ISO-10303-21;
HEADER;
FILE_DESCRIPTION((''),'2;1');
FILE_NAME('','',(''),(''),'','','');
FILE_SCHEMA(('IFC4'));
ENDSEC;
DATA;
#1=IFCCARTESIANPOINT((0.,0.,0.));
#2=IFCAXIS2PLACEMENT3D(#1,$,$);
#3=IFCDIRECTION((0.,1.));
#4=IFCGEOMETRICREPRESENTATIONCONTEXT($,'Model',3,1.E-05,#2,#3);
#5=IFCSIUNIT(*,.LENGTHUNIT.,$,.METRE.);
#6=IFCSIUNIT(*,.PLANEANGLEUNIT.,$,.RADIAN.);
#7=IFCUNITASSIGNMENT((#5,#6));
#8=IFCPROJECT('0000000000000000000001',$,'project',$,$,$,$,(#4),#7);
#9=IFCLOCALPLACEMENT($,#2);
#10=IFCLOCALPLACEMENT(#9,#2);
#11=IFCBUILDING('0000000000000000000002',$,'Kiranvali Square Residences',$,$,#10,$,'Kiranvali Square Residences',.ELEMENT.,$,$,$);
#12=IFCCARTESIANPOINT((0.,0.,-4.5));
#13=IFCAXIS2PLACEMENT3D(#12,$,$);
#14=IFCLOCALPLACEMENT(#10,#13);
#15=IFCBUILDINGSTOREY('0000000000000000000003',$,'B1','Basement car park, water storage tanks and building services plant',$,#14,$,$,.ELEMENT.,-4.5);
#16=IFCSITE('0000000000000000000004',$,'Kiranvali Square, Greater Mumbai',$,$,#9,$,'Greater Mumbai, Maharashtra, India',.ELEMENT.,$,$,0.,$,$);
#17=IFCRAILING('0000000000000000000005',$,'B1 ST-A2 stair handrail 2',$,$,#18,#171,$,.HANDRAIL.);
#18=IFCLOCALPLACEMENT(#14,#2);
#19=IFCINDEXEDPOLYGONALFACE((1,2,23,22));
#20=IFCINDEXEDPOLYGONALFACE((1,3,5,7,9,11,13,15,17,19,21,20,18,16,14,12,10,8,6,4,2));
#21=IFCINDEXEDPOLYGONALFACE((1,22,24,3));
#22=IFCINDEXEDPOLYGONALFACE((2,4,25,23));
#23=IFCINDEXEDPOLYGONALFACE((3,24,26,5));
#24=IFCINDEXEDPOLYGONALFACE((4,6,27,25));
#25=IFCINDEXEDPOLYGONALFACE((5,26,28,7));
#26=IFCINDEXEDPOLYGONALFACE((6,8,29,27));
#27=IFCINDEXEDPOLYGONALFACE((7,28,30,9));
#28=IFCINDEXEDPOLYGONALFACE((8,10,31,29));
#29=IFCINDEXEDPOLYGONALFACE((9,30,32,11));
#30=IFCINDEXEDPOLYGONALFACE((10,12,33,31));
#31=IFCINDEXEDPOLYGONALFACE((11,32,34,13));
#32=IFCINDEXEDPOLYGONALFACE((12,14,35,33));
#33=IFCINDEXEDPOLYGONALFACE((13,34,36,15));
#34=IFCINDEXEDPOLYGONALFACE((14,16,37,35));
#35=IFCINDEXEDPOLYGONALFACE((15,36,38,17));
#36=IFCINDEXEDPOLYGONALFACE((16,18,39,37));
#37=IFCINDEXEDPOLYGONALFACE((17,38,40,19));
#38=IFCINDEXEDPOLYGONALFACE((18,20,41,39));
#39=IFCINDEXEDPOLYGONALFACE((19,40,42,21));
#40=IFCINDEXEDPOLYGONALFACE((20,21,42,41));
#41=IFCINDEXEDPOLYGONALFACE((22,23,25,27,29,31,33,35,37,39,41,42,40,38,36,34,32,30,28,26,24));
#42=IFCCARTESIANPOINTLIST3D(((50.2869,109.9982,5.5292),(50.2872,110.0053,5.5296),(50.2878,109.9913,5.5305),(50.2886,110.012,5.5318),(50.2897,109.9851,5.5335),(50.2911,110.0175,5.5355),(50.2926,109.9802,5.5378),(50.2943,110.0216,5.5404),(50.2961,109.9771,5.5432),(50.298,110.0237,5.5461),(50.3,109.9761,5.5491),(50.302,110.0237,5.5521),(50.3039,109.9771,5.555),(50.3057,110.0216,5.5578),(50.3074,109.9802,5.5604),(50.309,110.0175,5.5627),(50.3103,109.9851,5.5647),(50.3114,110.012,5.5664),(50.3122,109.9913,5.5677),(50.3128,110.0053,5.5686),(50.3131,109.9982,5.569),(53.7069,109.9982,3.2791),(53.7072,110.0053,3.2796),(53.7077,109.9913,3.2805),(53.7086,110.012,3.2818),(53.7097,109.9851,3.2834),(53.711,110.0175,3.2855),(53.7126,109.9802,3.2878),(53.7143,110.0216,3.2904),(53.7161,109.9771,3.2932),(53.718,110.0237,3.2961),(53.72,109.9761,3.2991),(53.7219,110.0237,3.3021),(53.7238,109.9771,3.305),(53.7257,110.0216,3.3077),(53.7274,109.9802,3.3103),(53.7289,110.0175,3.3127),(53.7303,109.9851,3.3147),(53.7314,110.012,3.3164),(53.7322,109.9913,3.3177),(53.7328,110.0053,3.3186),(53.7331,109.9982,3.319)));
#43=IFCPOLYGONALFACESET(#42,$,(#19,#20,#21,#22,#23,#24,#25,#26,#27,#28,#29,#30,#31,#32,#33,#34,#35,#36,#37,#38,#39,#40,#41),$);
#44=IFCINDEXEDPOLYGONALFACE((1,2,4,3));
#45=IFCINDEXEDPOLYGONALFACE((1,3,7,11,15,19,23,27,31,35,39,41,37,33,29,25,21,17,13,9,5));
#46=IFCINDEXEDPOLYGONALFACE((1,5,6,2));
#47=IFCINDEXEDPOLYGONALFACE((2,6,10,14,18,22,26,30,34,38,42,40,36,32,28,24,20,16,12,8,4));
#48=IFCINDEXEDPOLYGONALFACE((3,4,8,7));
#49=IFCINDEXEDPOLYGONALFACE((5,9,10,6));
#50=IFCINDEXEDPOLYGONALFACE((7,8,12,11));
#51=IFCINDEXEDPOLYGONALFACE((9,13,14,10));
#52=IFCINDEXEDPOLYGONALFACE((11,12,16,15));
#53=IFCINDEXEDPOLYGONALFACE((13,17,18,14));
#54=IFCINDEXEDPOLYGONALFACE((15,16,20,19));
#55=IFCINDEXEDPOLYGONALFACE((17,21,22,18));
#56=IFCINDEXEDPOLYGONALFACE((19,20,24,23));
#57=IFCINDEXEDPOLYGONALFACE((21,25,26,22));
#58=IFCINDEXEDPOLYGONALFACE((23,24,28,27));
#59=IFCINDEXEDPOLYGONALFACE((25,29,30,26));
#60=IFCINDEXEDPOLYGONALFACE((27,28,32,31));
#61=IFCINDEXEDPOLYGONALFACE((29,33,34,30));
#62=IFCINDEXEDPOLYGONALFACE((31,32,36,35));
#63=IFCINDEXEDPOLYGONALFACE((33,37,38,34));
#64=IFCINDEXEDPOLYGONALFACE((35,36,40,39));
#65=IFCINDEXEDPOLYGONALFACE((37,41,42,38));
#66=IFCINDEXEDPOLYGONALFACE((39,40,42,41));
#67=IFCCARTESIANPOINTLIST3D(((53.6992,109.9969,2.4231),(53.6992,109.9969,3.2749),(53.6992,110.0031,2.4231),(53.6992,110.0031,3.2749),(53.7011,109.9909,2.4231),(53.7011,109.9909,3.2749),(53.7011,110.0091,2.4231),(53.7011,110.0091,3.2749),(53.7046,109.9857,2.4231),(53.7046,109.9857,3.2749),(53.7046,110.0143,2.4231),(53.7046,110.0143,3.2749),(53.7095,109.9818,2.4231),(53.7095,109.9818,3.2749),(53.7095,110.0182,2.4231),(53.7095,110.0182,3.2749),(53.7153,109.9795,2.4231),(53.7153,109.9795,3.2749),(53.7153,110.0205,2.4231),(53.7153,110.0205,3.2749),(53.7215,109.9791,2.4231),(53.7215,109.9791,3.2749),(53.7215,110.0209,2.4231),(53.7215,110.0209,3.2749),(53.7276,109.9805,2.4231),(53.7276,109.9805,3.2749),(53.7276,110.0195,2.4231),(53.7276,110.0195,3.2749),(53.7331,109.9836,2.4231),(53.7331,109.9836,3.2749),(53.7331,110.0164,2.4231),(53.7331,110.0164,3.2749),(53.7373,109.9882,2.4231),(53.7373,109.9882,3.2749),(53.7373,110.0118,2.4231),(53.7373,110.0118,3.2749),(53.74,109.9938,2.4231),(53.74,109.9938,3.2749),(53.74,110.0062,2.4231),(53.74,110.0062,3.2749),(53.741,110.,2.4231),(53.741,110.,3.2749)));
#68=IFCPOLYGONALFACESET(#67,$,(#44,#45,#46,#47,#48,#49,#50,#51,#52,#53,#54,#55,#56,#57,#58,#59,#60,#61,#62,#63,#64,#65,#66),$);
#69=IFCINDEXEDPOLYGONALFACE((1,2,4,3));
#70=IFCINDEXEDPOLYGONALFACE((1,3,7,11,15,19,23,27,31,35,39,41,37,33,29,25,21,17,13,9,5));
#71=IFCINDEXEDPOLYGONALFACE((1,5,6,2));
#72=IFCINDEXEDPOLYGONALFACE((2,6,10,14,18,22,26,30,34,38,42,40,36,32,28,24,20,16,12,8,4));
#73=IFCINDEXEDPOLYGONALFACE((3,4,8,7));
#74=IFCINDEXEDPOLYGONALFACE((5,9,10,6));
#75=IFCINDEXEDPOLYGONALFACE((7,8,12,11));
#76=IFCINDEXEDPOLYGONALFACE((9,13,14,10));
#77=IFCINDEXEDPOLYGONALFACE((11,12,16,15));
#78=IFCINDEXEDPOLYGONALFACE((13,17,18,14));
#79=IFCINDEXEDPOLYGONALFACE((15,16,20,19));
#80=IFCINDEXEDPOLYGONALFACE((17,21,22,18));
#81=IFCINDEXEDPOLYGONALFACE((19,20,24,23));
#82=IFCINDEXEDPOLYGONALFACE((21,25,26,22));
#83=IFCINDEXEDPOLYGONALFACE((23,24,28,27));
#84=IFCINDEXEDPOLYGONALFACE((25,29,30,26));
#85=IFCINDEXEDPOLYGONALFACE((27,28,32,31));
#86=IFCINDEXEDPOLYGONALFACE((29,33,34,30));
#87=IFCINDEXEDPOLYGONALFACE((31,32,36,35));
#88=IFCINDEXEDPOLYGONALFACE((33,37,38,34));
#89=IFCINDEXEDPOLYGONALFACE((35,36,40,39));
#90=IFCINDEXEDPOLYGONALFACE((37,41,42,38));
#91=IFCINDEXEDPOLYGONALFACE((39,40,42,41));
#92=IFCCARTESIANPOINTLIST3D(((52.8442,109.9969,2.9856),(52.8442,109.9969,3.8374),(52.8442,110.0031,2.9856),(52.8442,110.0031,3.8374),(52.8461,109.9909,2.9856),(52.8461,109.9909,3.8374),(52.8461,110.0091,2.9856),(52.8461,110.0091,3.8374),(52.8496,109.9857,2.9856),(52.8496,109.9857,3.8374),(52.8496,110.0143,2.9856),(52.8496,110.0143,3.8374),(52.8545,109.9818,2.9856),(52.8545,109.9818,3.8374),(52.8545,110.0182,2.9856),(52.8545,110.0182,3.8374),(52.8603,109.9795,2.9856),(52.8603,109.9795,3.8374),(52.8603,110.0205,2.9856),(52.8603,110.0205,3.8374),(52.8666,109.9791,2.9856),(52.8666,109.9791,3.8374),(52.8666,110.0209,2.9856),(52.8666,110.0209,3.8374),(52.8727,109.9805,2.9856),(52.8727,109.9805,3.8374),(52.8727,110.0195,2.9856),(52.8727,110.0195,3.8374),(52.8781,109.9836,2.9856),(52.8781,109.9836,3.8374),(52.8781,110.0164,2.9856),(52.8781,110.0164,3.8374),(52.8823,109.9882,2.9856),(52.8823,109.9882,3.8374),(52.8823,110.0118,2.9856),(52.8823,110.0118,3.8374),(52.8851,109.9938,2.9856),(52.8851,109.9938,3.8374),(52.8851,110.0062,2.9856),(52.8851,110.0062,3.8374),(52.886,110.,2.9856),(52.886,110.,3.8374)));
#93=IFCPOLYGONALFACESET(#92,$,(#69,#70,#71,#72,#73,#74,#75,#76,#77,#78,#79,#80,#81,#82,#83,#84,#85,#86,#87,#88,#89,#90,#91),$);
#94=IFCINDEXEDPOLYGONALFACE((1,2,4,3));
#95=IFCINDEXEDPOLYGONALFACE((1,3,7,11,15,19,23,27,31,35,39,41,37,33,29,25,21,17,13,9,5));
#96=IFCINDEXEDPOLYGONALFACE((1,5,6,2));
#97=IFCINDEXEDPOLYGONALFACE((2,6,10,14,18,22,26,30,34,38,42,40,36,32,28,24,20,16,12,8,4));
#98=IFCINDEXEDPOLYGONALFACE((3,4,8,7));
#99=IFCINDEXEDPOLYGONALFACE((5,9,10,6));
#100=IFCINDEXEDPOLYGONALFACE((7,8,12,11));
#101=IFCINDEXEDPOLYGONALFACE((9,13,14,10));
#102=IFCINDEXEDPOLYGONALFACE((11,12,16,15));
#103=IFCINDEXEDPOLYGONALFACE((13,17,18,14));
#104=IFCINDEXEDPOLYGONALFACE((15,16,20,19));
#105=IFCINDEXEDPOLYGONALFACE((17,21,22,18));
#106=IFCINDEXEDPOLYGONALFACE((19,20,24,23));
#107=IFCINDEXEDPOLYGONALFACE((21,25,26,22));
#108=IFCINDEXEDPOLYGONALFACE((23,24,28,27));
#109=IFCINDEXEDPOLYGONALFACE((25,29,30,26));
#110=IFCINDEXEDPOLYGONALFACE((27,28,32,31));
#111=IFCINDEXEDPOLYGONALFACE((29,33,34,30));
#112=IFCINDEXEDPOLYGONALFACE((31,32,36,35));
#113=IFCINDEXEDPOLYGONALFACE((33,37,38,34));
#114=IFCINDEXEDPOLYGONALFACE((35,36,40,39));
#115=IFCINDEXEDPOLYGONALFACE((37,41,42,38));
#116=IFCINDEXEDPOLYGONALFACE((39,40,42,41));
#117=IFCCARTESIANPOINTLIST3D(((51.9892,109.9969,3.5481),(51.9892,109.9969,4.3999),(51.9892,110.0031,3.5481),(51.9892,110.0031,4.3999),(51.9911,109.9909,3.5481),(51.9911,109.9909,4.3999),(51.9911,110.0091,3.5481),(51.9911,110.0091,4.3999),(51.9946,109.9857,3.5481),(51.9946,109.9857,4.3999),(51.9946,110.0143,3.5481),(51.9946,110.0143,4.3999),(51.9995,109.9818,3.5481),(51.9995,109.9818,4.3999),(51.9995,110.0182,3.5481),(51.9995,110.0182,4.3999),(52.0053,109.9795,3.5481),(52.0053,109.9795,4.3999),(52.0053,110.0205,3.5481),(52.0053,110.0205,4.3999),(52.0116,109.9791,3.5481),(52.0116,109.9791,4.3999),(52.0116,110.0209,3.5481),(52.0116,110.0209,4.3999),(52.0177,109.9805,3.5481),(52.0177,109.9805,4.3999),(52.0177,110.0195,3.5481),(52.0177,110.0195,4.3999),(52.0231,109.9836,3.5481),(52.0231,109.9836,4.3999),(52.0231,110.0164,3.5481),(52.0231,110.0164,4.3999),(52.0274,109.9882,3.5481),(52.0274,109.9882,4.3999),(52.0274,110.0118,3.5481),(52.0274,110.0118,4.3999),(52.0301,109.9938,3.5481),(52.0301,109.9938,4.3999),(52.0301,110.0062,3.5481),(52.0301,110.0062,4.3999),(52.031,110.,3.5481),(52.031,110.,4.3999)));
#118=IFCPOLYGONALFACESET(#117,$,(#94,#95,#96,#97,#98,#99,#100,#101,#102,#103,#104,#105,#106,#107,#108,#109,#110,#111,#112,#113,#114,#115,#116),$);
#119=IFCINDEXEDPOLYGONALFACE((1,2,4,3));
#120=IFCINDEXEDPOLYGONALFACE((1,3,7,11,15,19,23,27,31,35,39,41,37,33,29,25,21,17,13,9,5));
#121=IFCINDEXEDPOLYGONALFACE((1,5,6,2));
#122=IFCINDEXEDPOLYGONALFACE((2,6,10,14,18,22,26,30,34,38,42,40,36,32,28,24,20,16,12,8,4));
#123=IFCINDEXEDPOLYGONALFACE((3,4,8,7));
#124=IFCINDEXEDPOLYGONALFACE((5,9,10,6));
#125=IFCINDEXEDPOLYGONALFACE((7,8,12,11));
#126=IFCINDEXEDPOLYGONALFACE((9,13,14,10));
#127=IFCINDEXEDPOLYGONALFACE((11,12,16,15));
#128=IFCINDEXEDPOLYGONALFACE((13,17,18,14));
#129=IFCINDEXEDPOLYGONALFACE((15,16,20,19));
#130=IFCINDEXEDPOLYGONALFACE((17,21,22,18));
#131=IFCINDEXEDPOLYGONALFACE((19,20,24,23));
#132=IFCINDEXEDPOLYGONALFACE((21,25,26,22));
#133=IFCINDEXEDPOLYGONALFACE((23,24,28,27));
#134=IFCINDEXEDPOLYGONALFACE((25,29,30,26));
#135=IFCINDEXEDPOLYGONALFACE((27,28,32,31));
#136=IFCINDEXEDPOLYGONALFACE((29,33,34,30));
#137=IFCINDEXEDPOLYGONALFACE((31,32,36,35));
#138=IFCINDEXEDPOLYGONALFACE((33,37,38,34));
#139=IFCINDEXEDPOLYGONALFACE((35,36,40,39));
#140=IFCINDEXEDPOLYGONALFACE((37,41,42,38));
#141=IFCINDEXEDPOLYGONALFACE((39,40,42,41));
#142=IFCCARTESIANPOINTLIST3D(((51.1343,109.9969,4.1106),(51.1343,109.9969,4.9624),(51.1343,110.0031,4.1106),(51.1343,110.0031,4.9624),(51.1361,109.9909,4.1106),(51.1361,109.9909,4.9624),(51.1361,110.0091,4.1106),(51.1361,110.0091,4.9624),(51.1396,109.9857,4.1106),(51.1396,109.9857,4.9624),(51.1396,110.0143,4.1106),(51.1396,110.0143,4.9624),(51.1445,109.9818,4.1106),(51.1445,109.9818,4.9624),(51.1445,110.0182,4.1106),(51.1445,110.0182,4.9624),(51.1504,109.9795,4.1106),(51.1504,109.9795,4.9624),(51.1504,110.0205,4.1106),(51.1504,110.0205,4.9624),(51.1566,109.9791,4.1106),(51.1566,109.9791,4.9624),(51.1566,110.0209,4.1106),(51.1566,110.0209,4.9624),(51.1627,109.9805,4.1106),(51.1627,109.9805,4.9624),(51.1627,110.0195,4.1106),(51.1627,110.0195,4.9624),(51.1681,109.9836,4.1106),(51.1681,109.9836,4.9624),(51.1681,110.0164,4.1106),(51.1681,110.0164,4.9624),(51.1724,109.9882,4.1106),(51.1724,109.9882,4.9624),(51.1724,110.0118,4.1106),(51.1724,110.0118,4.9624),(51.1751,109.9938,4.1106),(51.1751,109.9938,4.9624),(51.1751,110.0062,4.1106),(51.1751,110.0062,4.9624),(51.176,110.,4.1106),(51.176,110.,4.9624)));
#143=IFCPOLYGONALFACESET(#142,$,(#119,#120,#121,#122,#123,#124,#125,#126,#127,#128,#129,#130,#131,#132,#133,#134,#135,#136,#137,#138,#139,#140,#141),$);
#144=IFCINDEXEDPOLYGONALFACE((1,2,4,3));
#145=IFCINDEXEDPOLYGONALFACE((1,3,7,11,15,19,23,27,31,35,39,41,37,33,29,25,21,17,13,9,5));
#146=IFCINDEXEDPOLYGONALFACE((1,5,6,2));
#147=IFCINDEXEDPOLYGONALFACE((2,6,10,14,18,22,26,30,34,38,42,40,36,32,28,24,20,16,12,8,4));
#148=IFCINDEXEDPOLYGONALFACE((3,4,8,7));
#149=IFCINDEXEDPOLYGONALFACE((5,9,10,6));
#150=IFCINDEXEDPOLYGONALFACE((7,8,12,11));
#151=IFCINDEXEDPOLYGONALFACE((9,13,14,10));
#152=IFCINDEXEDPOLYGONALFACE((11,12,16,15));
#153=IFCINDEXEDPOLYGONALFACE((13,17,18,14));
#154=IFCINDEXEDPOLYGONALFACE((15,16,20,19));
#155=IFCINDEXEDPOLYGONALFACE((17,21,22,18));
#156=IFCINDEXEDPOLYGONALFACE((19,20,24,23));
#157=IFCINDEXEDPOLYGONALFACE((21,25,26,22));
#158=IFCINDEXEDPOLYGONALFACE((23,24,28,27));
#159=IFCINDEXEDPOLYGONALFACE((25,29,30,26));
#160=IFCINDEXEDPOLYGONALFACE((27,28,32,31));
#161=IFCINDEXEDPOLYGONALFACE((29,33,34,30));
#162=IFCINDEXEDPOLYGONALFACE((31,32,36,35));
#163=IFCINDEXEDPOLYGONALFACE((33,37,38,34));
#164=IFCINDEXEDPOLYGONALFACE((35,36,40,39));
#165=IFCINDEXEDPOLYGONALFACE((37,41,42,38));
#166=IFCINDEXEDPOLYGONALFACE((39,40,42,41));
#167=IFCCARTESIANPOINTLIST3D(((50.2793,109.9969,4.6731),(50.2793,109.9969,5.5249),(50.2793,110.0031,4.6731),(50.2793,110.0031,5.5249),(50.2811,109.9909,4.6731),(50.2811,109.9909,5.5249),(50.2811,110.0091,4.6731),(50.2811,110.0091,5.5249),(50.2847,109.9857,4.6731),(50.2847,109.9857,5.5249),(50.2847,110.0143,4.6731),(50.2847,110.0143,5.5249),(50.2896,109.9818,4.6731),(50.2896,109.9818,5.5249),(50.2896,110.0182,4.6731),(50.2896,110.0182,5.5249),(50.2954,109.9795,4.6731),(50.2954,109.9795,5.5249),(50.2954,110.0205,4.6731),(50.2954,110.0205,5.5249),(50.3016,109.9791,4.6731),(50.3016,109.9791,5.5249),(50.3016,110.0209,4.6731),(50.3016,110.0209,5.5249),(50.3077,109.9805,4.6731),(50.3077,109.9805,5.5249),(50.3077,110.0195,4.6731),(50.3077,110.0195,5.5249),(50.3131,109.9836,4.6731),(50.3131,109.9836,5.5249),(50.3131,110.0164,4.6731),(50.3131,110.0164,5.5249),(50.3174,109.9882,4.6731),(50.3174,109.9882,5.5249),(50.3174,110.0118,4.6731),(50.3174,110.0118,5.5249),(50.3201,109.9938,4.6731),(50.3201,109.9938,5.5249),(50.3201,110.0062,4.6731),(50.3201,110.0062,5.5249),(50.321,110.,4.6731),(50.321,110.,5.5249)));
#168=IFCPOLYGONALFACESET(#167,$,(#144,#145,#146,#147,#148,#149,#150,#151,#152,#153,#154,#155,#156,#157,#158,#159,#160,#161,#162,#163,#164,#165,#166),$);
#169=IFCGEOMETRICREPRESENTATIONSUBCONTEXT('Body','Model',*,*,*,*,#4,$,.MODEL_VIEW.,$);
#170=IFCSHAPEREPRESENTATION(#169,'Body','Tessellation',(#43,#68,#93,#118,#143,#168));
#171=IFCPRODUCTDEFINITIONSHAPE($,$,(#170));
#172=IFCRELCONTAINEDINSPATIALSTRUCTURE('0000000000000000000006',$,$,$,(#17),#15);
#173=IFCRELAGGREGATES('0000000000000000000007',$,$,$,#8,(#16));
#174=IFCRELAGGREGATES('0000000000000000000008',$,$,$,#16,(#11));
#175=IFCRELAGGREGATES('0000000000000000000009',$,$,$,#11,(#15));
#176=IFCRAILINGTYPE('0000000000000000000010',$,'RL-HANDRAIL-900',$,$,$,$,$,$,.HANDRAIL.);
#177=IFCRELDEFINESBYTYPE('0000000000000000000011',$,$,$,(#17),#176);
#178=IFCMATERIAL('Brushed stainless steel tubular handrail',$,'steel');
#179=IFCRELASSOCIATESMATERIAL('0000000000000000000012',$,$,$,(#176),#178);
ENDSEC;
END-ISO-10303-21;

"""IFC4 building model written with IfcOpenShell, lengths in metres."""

from ifc_helpers import new_model, si_unit, direction, frame, origin, origin_2d, place, context, subcontext, project, spatial, circle, extrude, material, type_object, element, save


model = new_model("IFC4")

# Units and contexts
model_context = context("Model", 3, precision=1e-05, world=origin(), true_north=direction((0.0, 1.0)))
body_context = subcontext(model_context, "Body", "Model", "MODEL_VIEW")
ifc_project = project(units=[si_unit("LENGTHUNIT", "METRE"), si_unit("PLANEANGLEUNIT", "RADIAN")], contexts=[model_context])

# Site, building, storey
site_placement = place(None, origin())
site = spatial("IfcSite", under=ifc_project, at=site_placement, Name="Kiranvali Square, Greater Mumbai", LongName="Greater Mumbai, Maharashtra, India", CompositionType="ELEMENT", RefElevation=0.0)
building_placement = place(site_placement, origin())
building = spatial("IfcBuilding", under=site, at=building_placement, Name="Kiranvali Square Residences", LongName="Kiranvali Square Residences", CompositionType="ELEMENT")
storey_placement = place(building_placement, frame((0.0, 0.0, -4.5)))
storey = spatial("IfcBuildingStorey", under=building, at=storey_placement, Name="B1", Description="Basement car park, water storage tanks and building services plant", CompositionType="ELEMENT", Elevation=-4.5)

# Railing
ifc_material_1 = material(Name="Brushed stainless steel tubular handrail", Category="steel")
railing_type_1 = type_object("IfcRailingType", Name="RL-HANDRAIL-900", PredefinedType="HANDRAIL", material=ifc_material_1)
railing_1_placement = place(storey_placement, frame((53.72, 110.0, 2.4231)))
element("IfcRailing", 1, at=railing_1_placement, inside=storey, type_object=railing_type_1, Name="B1 ST-A2 stair handrail 2", PredefinedType="HANDRAIL", context=body_context, shape_type="SweptSolid", body=[
    extrude(circle(Radius=0.0239, at=origin_2d()), frame((0.0, 0.0, 0.876), z_axis=(-0.835411, 0.0, 0.549625), x_axis=(0.0, -1.0, 0.0)), (0.0, 0.0, 1.0), 4.0938),
    extrude(circle(Radius=0.021, at=origin_2d()), origin(), (0.0, 0.0, 1.0), 0.8518),
    extrude(circle(Radius=0.021, at=origin_2d()), frame((-0.855, 0.0, 0.5625)), (0.0, 0.0, 1.0), 0.8518),
    extrude(circle(Radius=0.021, at=origin_2d()), frame((-1.71, 0.0, 1.125)), (0.0, 0.0, 1.0), 0.8518),
    extrude(circle(Radius=0.021, at=origin_2d()), frame((-2.5649, 0.0, 1.6875)), (0.0, 0.0, 1.0), 0.8518),
    extrude(circle(Radius=0.021, at=origin_2d()), frame((-3.4199, 0.0, 2.25)), (0.0, 0.0, 1.0), 0.8518),
])

save(model, "model.ifc")
